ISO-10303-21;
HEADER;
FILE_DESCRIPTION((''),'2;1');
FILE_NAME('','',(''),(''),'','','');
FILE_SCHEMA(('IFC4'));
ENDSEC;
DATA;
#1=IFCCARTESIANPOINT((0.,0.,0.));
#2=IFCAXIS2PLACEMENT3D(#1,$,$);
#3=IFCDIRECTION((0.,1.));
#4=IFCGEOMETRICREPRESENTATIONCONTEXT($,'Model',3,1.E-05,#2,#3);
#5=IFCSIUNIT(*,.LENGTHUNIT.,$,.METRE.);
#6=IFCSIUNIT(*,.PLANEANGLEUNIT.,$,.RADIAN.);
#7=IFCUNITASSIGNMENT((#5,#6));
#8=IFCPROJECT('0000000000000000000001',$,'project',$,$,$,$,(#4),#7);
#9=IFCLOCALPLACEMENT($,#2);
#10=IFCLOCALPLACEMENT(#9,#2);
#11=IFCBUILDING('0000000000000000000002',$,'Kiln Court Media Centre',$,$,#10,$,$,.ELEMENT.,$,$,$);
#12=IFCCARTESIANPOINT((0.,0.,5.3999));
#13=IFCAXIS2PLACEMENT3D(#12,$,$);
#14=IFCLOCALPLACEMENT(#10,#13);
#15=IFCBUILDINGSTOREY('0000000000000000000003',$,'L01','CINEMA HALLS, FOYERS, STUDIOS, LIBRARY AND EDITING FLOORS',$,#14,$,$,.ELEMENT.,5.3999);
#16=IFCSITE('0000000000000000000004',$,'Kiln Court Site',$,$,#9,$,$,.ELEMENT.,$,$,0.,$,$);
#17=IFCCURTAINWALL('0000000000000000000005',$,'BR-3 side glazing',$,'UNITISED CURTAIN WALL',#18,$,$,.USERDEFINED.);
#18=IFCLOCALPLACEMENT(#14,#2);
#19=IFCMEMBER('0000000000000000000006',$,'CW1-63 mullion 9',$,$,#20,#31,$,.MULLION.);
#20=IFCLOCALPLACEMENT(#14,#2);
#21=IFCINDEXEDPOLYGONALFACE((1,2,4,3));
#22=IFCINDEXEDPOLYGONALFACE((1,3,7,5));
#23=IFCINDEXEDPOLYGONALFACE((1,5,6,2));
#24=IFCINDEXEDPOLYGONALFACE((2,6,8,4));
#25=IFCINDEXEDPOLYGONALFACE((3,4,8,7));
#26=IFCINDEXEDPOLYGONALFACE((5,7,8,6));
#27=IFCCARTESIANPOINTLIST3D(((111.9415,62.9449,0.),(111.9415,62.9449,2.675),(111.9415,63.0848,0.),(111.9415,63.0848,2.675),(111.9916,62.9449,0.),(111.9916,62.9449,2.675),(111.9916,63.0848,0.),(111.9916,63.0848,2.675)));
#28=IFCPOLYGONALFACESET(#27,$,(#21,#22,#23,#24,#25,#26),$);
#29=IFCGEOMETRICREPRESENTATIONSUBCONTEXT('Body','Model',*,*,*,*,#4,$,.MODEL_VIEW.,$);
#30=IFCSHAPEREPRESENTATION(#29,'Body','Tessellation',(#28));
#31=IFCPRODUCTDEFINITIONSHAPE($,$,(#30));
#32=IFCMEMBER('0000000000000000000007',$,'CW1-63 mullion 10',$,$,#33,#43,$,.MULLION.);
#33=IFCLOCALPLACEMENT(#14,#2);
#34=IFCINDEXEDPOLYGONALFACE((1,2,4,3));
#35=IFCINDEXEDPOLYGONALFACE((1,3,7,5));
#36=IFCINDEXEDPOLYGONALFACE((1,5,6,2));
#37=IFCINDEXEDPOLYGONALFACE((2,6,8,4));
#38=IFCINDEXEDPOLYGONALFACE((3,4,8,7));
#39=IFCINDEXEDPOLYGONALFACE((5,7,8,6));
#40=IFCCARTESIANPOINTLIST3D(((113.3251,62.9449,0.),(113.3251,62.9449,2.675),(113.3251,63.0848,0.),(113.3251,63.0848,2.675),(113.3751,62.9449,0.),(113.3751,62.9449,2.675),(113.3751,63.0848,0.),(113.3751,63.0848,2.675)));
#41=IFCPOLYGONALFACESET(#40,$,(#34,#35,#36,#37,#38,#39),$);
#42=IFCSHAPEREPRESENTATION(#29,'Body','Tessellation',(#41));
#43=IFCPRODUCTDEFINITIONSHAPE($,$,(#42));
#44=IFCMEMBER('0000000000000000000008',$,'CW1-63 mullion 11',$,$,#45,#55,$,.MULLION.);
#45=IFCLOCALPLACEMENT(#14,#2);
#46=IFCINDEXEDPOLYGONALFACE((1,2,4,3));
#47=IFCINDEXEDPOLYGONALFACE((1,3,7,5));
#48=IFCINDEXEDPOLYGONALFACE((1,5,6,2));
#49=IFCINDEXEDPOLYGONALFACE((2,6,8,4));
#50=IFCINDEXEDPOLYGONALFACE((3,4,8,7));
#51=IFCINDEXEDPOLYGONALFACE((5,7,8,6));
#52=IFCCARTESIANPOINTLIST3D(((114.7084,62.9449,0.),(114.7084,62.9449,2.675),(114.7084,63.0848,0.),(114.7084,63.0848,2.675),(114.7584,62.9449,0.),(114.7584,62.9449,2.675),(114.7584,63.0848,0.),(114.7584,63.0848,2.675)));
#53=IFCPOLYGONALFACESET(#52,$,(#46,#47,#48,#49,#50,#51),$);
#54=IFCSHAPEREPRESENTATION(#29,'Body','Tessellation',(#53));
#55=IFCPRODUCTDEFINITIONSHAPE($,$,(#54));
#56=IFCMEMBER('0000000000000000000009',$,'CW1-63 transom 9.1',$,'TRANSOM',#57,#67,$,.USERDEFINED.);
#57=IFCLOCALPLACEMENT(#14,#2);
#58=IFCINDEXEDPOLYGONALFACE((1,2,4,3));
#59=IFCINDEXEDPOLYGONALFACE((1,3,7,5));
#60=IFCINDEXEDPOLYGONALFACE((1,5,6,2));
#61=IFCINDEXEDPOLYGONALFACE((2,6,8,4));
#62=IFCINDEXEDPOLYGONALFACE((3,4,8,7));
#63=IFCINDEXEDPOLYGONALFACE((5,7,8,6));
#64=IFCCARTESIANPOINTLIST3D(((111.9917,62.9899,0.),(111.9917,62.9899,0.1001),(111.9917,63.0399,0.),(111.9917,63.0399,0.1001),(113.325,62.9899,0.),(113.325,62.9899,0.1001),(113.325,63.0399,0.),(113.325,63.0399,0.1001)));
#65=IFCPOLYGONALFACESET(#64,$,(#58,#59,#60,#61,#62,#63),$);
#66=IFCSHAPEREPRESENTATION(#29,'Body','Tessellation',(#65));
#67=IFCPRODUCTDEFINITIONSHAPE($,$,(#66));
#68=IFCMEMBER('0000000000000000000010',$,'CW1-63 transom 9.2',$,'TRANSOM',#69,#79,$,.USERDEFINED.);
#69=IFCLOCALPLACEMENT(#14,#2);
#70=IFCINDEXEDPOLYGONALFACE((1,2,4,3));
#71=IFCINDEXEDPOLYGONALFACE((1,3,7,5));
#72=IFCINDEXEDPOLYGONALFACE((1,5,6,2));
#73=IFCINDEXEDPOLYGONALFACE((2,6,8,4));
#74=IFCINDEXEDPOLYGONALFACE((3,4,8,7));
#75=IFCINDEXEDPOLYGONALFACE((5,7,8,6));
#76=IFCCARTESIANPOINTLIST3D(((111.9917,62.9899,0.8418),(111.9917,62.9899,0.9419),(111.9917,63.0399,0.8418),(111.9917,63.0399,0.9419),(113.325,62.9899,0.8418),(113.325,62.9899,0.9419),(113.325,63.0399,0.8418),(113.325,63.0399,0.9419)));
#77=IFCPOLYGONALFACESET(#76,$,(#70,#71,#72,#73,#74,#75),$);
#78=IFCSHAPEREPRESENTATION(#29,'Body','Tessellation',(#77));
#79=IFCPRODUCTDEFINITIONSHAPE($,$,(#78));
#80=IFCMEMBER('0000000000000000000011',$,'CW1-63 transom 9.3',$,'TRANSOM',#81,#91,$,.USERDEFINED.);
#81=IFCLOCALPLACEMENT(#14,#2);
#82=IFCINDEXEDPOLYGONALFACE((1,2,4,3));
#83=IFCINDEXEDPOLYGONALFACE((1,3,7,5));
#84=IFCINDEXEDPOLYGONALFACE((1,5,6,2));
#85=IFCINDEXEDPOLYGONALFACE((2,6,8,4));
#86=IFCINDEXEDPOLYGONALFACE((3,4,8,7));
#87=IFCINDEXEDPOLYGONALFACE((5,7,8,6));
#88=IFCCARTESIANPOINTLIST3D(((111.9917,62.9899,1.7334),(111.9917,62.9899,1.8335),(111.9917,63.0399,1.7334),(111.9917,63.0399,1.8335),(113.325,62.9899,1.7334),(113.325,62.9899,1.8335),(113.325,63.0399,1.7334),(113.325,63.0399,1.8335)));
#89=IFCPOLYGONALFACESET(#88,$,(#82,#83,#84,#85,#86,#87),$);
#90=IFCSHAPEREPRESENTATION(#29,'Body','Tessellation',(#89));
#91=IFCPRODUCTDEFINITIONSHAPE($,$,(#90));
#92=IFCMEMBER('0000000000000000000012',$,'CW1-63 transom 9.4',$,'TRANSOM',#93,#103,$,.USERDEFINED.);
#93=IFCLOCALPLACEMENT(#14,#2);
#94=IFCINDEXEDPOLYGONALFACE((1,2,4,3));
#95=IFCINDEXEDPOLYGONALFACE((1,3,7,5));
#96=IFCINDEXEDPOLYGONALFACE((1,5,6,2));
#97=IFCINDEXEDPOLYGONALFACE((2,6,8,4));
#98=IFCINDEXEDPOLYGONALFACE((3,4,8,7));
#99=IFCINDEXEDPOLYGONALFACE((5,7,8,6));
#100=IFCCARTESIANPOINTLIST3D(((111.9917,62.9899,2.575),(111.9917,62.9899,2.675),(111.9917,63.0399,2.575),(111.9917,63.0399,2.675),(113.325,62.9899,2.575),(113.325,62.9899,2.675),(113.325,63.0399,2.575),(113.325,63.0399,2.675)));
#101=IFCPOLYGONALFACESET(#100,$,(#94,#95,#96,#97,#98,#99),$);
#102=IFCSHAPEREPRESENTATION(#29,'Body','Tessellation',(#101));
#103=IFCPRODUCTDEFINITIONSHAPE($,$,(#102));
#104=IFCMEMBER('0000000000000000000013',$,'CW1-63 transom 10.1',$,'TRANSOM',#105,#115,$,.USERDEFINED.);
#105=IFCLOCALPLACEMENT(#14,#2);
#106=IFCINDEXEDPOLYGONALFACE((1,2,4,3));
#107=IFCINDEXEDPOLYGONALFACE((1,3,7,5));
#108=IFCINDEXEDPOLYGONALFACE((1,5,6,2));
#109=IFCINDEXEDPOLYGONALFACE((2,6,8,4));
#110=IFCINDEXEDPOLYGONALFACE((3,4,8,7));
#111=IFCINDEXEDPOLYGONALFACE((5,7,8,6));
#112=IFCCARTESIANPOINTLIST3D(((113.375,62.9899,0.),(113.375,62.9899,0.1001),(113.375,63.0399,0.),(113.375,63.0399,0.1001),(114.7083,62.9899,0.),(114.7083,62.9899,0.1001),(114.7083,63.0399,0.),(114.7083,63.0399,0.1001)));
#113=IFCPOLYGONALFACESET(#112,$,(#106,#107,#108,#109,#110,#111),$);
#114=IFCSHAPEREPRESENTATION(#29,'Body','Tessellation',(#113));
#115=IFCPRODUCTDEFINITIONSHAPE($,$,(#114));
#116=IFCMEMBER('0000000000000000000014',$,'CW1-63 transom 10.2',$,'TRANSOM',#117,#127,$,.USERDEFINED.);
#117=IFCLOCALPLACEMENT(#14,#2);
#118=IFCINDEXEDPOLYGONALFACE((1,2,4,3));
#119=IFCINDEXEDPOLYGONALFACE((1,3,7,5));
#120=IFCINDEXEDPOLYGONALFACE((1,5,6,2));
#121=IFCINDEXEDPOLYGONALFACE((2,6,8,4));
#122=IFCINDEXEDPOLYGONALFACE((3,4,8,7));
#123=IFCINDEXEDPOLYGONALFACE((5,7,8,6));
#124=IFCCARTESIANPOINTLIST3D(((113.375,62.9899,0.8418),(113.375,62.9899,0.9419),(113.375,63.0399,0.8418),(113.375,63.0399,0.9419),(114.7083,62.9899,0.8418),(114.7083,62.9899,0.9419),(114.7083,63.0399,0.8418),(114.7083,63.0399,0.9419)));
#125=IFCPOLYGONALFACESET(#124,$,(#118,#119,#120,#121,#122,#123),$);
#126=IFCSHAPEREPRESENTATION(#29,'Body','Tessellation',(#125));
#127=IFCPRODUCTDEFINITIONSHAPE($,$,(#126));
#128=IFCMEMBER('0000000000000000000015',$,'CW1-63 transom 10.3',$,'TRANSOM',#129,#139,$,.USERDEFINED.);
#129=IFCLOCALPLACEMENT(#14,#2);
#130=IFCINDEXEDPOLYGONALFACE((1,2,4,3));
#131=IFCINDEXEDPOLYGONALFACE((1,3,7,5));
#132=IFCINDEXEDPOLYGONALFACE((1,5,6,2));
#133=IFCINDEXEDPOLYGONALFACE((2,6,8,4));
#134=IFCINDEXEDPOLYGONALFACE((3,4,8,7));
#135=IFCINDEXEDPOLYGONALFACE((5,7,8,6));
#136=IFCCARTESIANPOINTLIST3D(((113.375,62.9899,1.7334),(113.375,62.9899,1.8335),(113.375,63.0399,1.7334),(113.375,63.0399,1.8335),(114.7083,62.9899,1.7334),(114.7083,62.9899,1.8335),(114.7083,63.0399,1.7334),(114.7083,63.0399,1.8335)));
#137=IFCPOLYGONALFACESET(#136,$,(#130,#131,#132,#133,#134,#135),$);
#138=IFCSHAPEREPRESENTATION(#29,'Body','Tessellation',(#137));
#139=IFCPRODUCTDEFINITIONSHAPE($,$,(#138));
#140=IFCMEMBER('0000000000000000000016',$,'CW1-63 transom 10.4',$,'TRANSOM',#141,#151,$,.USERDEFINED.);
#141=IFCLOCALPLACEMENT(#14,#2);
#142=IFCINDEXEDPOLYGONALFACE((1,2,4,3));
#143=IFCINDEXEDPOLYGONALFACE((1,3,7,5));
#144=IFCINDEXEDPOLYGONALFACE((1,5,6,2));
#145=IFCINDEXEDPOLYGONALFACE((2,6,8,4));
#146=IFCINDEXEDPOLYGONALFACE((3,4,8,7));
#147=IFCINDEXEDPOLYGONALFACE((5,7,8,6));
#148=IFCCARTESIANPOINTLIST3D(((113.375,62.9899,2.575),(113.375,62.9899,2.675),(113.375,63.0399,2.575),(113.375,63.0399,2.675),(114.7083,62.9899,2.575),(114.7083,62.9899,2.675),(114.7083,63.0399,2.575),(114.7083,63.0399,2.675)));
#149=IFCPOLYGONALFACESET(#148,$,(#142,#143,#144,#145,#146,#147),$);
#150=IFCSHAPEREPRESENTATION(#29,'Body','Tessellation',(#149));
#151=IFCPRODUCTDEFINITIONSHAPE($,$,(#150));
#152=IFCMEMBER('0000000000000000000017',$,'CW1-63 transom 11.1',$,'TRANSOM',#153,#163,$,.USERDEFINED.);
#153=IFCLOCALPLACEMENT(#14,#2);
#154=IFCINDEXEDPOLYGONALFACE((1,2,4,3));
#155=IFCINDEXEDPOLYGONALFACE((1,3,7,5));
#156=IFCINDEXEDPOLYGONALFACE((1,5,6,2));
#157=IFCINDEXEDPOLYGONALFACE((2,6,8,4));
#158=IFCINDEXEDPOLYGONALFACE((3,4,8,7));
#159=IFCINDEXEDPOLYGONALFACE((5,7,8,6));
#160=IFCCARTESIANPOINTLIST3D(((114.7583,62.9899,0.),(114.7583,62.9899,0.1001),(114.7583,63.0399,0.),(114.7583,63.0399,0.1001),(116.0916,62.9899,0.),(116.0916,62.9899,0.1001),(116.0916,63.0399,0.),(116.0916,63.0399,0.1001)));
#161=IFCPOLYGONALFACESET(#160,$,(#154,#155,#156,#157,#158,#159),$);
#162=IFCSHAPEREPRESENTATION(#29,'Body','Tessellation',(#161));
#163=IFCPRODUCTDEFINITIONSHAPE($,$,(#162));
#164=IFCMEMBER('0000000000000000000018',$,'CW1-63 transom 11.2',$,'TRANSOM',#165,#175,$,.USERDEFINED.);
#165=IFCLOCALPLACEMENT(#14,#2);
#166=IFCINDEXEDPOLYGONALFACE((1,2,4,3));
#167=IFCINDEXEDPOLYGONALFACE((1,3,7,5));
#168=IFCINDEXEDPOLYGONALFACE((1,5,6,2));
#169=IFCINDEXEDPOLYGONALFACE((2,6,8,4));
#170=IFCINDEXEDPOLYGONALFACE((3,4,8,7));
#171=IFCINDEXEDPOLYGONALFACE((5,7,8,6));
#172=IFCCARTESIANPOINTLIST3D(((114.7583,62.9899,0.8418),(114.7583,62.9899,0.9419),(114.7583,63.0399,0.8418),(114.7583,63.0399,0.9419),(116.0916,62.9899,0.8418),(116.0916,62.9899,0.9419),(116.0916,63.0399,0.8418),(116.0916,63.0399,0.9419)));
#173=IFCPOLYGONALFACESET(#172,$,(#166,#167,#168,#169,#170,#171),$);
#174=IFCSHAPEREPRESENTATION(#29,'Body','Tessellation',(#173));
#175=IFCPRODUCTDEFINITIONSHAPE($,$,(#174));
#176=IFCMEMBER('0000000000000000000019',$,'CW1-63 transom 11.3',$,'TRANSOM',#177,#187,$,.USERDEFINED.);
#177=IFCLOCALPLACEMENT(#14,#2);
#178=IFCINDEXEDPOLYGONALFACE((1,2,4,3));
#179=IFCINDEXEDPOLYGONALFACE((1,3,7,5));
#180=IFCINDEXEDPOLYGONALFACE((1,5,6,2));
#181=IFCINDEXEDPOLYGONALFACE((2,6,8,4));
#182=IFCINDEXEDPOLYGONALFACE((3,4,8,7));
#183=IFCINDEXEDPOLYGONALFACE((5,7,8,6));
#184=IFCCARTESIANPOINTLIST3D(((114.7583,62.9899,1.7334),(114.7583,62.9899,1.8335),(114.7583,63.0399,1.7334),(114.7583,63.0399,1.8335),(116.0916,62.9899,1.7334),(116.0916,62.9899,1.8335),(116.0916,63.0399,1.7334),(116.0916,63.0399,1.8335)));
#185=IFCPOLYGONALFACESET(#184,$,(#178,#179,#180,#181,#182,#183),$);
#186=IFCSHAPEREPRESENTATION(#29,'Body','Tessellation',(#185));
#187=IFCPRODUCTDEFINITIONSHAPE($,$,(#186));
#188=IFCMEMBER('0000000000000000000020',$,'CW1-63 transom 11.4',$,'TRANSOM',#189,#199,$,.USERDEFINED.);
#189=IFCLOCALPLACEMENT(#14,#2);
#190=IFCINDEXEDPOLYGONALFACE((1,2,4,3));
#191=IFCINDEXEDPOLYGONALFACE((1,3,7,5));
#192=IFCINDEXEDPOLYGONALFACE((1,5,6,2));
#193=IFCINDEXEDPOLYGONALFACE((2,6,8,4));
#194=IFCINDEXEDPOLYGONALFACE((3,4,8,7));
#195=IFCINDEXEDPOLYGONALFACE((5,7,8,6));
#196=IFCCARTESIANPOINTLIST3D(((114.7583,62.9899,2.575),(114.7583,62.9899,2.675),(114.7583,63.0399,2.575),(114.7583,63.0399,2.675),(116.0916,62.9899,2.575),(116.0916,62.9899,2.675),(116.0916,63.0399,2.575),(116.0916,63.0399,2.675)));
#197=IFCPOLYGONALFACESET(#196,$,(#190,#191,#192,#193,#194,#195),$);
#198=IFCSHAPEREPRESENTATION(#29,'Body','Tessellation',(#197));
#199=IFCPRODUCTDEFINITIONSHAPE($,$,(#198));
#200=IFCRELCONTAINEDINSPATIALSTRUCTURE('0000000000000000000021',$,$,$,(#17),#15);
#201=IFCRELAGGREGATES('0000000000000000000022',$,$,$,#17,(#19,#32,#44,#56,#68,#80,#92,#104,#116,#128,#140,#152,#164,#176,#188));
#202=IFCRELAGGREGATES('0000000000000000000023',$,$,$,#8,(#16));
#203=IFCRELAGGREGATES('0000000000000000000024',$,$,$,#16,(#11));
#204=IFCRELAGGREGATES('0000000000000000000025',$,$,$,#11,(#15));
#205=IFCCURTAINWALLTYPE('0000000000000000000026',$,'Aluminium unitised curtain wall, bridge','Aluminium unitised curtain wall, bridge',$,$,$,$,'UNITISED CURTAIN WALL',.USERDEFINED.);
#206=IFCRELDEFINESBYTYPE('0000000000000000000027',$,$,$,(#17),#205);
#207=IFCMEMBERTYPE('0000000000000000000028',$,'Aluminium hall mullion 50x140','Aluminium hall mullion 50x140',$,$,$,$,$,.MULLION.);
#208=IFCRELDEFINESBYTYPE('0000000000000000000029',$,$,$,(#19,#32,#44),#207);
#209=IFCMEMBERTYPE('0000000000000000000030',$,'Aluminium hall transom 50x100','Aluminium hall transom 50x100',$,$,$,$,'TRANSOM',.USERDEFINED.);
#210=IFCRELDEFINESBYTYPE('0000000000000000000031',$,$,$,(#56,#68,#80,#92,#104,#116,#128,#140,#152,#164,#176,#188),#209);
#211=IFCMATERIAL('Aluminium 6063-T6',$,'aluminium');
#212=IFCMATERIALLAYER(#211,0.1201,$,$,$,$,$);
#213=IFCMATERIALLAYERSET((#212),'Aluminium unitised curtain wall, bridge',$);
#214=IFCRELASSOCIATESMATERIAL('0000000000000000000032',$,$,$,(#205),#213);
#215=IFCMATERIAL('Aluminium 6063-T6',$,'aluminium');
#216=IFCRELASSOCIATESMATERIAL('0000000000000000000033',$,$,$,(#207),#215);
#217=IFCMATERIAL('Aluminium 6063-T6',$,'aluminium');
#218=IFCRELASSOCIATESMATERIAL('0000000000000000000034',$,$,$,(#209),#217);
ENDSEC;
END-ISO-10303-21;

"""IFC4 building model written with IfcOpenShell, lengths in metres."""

from ifc_helpers import new_model, si_unit, direction, frame, origin, origin_2d, place, context, subcontext, project, spatial, rectangle, extrude, material, layer, layer_set, material_profile, profile_set, type_object, element, aggregate, save


model = new_model("IFC4")

# Units and contexts
model_context = context("Model", 3, precision=1e-05, world=origin(), true_north=direction((0.0, 1.0)))
body_context = subcontext(model_context, "Body", "Model", "MODEL_VIEW")
ifc_project = project(units=[si_unit("LENGTHUNIT", "METRE"), si_unit("PLANEANGLEUNIT", "RADIAN")], contexts=[model_context])

# Site, building, storey
site_placement = place(None, origin())
site = spatial("IfcSite", under=ifc_project, at=site_placement, Name="Kiln Court Site", CompositionType="ELEMENT", RefElevation=0.0)
building_placement = place(site_placement, origin())
building = spatial("IfcBuilding", under=site, at=building_placement, Name="Kiln Court Media Centre", CompositionType="ELEMENT")
storey_placement = place(building_placement, frame((0.0, 0.0, 5.3999)))
storey = spatial("IfcBuildingStorey", under=building, at=storey_placement, Name="L01", Description="CINEMA HALLS, FOYERS, STUDIOS, LIBRARY AND EDITING FLOORS", CompositionType="ELEMENT", Elevation=5.3999)

# Curtain wall, members
ifc_material_1 = material(Name="Aluminium 6063-T6", Category="aluminium")
ifc_layer_1 = layer(ifc_material_1, 0.1201)
ifc_layer_set_1 = layer_set([ifc_layer_1], Name="Aluminium unitised curtain wall, bridge")
curtain_wall_type = type_object("IfcCurtainWallType", Name="Aluminium unitised curtain wall, bridge", Description="Aluminium unitised curtain wall, bridge", ElementType="UNITISED CURTAIN WALL", PredefinedType="USERDEFINED", material=ifc_layer_set_1)
curtain_wall_placement = place(storey_placement, origin())
curtain_wall = element("IfcCurtainWall", 1, at=curtain_wall_placement, inside=storey, type_object=curtain_wall_type, Name="BR-3 side glazing", ObjectType="UNITISED CURTAIN WALL", PredefinedType="USERDEFINED")
ifc_material_2 = material(Name="Aluminium 6063-T6", Category="aluminium")
ifc_material_profile_1 = material_profile(ifc_material_2, rectangle(XDim=0.05, YDim=0.1399, at=origin_2d()), Name="Aluminium hall mullion 50x140")
ifc_profile_set_1 = profile_set([ifc_material_profile_1], Name="Aluminium 6063-T6")
member_type_1 = type_object("IfcMemberType", Name="Aluminium hall mullion 50x140", Description="Aluminium hall mullion 50x140", PredefinedType="MULLION", material=ifc_profile_set_1)
member_1_placement = place(storey_placement, frame((111.9666, 63.0149, 0.0), z_axis=(0.0, 0.0, 1.0), x_axis=(1.0, 0.0, 0.0)))
member_1 = element("IfcMember", 2, at=member_1_placement, type_object=member_type_1, Name="CW1-63 mullion 9", PredefinedType="MULLION", context=body_context, shape_type="SweptSolid", body=[
    extrude(rectangle(XDim=0.05, YDim=0.1399, at=origin_2d()), origin(), (0.0, 0.0, 1.0), 2.675),
])
member_2_placement = place(storey_placement, frame((113.3501, 63.0149, 0.0), z_axis=(0.0, 0.0, 1.0), x_axis=(1.0, 0.0, 0.0)))
member_2 = element("IfcMember", 3, at=member_2_placement, type_object=member_type_1, Name="CW1-63 mullion 10", PredefinedType="MULLION", context=body_context, shape_type="SweptSolid", body=[
    extrude(rectangle(XDim=0.05, YDim=0.1399, at=origin_2d()), origin(), (0.0, 0.0, 1.0), 2.675),
])
member_3_placement = place(storey_placement, frame((114.7334, 63.0149, 0.0), z_axis=(0.0, 0.0, 1.0), x_axis=(1.0, 0.0, 0.0)))
member_3 = element("IfcMember", 4, at=member_3_placement, type_object=member_type_1, Name="CW1-63 mullion 11", PredefinedType="MULLION", context=body_context, shape_type="SweptSolid", body=[
    extrude(rectangle(XDim=0.05, YDim=0.1399, at=origin_2d()), origin(), (0.0, 0.0, 1.0), 2.675),
])
ifc_material_3 = material(Name="Aluminium 6063-T6", Category="aluminium")
ifc_material_profile_2 = material_profile(ifc_material_3, rectangle(XDim=0.05, YDim=0.1001, at=origin_2d()), Name="Aluminium hall transom 50x100")
ifc_profile_set_2 = profile_set([ifc_material_profile_2], Name="Aluminium 6063-T6")
member_type_2 = type_object("IfcMemberType", Name="Aluminium hall transom 50x100", Description="Aluminium hall transom 50x100", ElementType="TRANSOM", PredefinedType="USERDEFINED", material=ifc_profile_set_2)
member_4_placement = place(storey_placement, frame((111.9917, 63.0149, 0.05), z_axis=(1.0, 0.0, 0.0), x_axis=(0.0, 1.0, 0.0)))
member_4 = element("IfcMember", 5, at=member_4_placement, type_object=member_type_2, Name="CW1-63 transom 9.1", ObjectType="TRANSOM", PredefinedType="USERDEFINED", context=body_context, shape_type="SweptSolid", body=[
    extrude(rectangle(XDim=0.05, YDim=0.1001, at=origin_2d()), origin(), (0.0, 0.0, 1.0), 1.3333),
])
member_5_placement = place(storey_placement, frame((111.9917, 63.0149, 0.8918), z_axis=(1.0, 0.0, 0.0), x_axis=(0.0, 1.0, 0.0)))
member_5 = element("IfcMember", 6, at=member_5_placement, type_object=member_type_2, Name="CW1-63 transom 9.2", ObjectType="TRANSOM", PredefinedType="USERDEFINED", context=body_context, shape_type="SweptSolid", body=[
    extrude(rectangle(XDim=0.05, YDim=0.1001, at=origin_2d()), origin(), (0.0, 0.0, 1.0), 1.3333),
])
member_6_placement = place(storey_placement, frame((111.9917, 63.0149, 1.7834), z_axis=(1.0, 0.0, 0.0), x_axis=(0.0, 1.0, 0.0)))
member_6 = element("IfcMember", 7, at=member_6_placement, type_object=member_type_2, Name="CW1-63 transom 9.3", ObjectType="TRANSOM", PredefinedType="USERDEFINED", context=body_context, shape_type="SweptSolid", body=[
    extrude(rectangle(XDim=0.05, YDim=0.1001, at=origin_2d()), origin(), (0.0, 0.0, 1.0), 1.3333),
])
member_7_placement = place(storey_placement, frame((111.9917, 63.0149, 2.625), z_axis=(1.0, 0.0, 0.0), x_axis=(0.0, 1.0, 0.0)))
member_7 = element("IfcMember", 8, at=member_7_placement, type_object=member_type_2, Name="CW1-63 transom 9.4", ObjectType="TRANSOM", PredefinedType="USERDEFINED", context=body_context, shape_type="SweptSolid", body=[
    extrude(rectangle(XDim=0.05, YDim=0.1001, at=origin_2d()), origin(), (0.0, 0.0, 1.0), 1.3333),
])
member_8_placement = place(storey_placement, frame((113.375, 63.0149, 0.05), z_axis=(1.0, 0.0, 0.0), x_axis=(0.0, 1.0, 0.0)))
member_8 = element("IfcMember", 9, at=member_8_placement, type_object=member_type_2, Name="CW1-63 transom 10.1", ObjectType="TRANSOM", PredefinedType="USERDEFINED", context=body_context, shape_type="SweptSolid", body=[
    extrude(rectangle(XDim=0.05, YDim=0.1001, at=origin_2d()), origin(), (0.0, 0.0, 1.0), 1.3333),
])
member_9_placement = place(storey_placement, frame((113.375, 63.0149, 0.8918), z_axis=(1.0, 0.0, 0.0), x_axis=(0.0, 1.0, 0.0)))
member_9 = element("IfcMember", 10, at=member_9_placement, type_object=member_type_2, Name="CW1-63 transom 10.2", ObjectType="TRANSOM", PredefinedType="USERDEFINED", context=body_context, shape_type="SweptSolid", body=[
    extrude(rectangle(XDim=0.05, YDim=0.1001, at=origin_2d()), origin(), (0.0, 0.0, 1.0), 1.3333),
])
member_10_placement = place(storey_placement, frame((113.375, 63.0149, 1.7834), z_axis=(1.0, 0.0, 0.0), x_axis=(0.0, 1.0, 0.0)))
member_10 = element("IfcMember", 11, at=member_10_placement, type_object=member_type_2, Name="CW1-63 transom 10.3", ObjectType="TRANSOM", PredefinedType="USERDEFINED", context=body_context, shape_type="SweptSolid", body=[
    extrude(rectangle(XDim=0.05, YDim=0.1001, at=origin_2d()), origin(), (0.0, 0.0, 1.0), 1.3333),
])
member_11_placement = place(storey_placement, frame((113.375, 63.0149, 2.625), z_axis=(1.0, 0.0, 0.0), x_axis=(0.0, 1.0, 0.0)))
member_11 = element("IfcMember", 12, at=member_11_placement, type_object=member_type_2, Name="CW1-63 transom 10.4", ObjectType="TRANSOM", PredefinedType="USERDEFINED", context=body_context, shape_type="SweptSolid", body=[
    extrude(rectangle(XDim=0.05, YDim=0.1001, at=origin_2d()), origin(), (0.0, 0.0, 1.0), 1.3333),
])
member_12_placement = place(storey_placement, frame((114.7583, 63.0149, 0.05), z_axis=(1.0, 0.0, 0.0), x_axis=(0.0, 1.0, 0.0)))
member_12 = element("IfcMember", 13, at=member_12_placement, type_object=member_type_2, Name="CW1-63 transom 11.1", ObjectType="TRANSOM", PredefinedType="USERDEFINED", context=body_context, shape_type="SweptSolid", body=[
    extrude(rectangle(XDim=0.05, YDim=0.1001, at=origin_2d()), origin(), (0.0, 0.0, 1.0), 1.3333),
])
member_13_placement = place(storey_placement, frame((114.7583, 63.0149, 0.8918), z_axis=(1.0, 0.0, 0.0), x_axis=(0.0, 1.0, 0.0)))
member_13 = element("IfcMember", 14, at=member_13_placement, type_object=member_type_2, Name="CW1-63 transom 11.2", ObjectType="TRANSOM", PredefinedType="USERDEFINED", context=body_context, shape_type="SweptSolid", body=[
    extrude(rectangle(XDim=0.05, YDim=0.1001, at=origin_2d()), origin(), (0.0, 0.0, 1.0), 1.3333),
])
member_14_placement = place(storey_placement, frame((114.7583, 63.0149, 1.7834), z_axis=(1.0, 0.0, 0.0), x_axis=(0.0, 1.0, 0.0)))
member_14 = element("IfcMember", 15, at=member_14_placement, type_object=member_type_2, Name="CW1-63 transom 11.3", ObjectType="TRANSOM", PredefinedType="USERDEFINED", context=body_context, shape_type="SweptSolid", body=[
    extrude(rectangle(XDim=0.05, YDim=0.1001, at=origin_2d()), origin(), (0.0, 0.0, 1.0), 1.3333),
])
member_15_placement = place(storey_placement, frame((114.7583, 63.0149, 2.625), z_axis=(1.0, 0.0, 0.0), x_axis=(0.0, 1.0, 0.0)))
member_15 = element("IfcMember", 16, at=member_15_placement, type_object=member_type_2, Name="CW1-63 transom 11.4", ObjectType="TRANSOM", PredefinedType="USERDEFINED", context=body_context, shape_type="SweptSolid", body=[
    extrude(rectangle(XDim=0.05, YDim=0.1001, at=origin_2d()), origin(), (0.0, 0.0, 1.0), 1.3333),
])

aggregate(curtain_wall, [member_1, member_2, member_3, member_4, member_5, member_6, member_7, member_8, member_9, member_10, member_11, member_12, member_13, member_14, member_15])

save(model, "model.ifc")
